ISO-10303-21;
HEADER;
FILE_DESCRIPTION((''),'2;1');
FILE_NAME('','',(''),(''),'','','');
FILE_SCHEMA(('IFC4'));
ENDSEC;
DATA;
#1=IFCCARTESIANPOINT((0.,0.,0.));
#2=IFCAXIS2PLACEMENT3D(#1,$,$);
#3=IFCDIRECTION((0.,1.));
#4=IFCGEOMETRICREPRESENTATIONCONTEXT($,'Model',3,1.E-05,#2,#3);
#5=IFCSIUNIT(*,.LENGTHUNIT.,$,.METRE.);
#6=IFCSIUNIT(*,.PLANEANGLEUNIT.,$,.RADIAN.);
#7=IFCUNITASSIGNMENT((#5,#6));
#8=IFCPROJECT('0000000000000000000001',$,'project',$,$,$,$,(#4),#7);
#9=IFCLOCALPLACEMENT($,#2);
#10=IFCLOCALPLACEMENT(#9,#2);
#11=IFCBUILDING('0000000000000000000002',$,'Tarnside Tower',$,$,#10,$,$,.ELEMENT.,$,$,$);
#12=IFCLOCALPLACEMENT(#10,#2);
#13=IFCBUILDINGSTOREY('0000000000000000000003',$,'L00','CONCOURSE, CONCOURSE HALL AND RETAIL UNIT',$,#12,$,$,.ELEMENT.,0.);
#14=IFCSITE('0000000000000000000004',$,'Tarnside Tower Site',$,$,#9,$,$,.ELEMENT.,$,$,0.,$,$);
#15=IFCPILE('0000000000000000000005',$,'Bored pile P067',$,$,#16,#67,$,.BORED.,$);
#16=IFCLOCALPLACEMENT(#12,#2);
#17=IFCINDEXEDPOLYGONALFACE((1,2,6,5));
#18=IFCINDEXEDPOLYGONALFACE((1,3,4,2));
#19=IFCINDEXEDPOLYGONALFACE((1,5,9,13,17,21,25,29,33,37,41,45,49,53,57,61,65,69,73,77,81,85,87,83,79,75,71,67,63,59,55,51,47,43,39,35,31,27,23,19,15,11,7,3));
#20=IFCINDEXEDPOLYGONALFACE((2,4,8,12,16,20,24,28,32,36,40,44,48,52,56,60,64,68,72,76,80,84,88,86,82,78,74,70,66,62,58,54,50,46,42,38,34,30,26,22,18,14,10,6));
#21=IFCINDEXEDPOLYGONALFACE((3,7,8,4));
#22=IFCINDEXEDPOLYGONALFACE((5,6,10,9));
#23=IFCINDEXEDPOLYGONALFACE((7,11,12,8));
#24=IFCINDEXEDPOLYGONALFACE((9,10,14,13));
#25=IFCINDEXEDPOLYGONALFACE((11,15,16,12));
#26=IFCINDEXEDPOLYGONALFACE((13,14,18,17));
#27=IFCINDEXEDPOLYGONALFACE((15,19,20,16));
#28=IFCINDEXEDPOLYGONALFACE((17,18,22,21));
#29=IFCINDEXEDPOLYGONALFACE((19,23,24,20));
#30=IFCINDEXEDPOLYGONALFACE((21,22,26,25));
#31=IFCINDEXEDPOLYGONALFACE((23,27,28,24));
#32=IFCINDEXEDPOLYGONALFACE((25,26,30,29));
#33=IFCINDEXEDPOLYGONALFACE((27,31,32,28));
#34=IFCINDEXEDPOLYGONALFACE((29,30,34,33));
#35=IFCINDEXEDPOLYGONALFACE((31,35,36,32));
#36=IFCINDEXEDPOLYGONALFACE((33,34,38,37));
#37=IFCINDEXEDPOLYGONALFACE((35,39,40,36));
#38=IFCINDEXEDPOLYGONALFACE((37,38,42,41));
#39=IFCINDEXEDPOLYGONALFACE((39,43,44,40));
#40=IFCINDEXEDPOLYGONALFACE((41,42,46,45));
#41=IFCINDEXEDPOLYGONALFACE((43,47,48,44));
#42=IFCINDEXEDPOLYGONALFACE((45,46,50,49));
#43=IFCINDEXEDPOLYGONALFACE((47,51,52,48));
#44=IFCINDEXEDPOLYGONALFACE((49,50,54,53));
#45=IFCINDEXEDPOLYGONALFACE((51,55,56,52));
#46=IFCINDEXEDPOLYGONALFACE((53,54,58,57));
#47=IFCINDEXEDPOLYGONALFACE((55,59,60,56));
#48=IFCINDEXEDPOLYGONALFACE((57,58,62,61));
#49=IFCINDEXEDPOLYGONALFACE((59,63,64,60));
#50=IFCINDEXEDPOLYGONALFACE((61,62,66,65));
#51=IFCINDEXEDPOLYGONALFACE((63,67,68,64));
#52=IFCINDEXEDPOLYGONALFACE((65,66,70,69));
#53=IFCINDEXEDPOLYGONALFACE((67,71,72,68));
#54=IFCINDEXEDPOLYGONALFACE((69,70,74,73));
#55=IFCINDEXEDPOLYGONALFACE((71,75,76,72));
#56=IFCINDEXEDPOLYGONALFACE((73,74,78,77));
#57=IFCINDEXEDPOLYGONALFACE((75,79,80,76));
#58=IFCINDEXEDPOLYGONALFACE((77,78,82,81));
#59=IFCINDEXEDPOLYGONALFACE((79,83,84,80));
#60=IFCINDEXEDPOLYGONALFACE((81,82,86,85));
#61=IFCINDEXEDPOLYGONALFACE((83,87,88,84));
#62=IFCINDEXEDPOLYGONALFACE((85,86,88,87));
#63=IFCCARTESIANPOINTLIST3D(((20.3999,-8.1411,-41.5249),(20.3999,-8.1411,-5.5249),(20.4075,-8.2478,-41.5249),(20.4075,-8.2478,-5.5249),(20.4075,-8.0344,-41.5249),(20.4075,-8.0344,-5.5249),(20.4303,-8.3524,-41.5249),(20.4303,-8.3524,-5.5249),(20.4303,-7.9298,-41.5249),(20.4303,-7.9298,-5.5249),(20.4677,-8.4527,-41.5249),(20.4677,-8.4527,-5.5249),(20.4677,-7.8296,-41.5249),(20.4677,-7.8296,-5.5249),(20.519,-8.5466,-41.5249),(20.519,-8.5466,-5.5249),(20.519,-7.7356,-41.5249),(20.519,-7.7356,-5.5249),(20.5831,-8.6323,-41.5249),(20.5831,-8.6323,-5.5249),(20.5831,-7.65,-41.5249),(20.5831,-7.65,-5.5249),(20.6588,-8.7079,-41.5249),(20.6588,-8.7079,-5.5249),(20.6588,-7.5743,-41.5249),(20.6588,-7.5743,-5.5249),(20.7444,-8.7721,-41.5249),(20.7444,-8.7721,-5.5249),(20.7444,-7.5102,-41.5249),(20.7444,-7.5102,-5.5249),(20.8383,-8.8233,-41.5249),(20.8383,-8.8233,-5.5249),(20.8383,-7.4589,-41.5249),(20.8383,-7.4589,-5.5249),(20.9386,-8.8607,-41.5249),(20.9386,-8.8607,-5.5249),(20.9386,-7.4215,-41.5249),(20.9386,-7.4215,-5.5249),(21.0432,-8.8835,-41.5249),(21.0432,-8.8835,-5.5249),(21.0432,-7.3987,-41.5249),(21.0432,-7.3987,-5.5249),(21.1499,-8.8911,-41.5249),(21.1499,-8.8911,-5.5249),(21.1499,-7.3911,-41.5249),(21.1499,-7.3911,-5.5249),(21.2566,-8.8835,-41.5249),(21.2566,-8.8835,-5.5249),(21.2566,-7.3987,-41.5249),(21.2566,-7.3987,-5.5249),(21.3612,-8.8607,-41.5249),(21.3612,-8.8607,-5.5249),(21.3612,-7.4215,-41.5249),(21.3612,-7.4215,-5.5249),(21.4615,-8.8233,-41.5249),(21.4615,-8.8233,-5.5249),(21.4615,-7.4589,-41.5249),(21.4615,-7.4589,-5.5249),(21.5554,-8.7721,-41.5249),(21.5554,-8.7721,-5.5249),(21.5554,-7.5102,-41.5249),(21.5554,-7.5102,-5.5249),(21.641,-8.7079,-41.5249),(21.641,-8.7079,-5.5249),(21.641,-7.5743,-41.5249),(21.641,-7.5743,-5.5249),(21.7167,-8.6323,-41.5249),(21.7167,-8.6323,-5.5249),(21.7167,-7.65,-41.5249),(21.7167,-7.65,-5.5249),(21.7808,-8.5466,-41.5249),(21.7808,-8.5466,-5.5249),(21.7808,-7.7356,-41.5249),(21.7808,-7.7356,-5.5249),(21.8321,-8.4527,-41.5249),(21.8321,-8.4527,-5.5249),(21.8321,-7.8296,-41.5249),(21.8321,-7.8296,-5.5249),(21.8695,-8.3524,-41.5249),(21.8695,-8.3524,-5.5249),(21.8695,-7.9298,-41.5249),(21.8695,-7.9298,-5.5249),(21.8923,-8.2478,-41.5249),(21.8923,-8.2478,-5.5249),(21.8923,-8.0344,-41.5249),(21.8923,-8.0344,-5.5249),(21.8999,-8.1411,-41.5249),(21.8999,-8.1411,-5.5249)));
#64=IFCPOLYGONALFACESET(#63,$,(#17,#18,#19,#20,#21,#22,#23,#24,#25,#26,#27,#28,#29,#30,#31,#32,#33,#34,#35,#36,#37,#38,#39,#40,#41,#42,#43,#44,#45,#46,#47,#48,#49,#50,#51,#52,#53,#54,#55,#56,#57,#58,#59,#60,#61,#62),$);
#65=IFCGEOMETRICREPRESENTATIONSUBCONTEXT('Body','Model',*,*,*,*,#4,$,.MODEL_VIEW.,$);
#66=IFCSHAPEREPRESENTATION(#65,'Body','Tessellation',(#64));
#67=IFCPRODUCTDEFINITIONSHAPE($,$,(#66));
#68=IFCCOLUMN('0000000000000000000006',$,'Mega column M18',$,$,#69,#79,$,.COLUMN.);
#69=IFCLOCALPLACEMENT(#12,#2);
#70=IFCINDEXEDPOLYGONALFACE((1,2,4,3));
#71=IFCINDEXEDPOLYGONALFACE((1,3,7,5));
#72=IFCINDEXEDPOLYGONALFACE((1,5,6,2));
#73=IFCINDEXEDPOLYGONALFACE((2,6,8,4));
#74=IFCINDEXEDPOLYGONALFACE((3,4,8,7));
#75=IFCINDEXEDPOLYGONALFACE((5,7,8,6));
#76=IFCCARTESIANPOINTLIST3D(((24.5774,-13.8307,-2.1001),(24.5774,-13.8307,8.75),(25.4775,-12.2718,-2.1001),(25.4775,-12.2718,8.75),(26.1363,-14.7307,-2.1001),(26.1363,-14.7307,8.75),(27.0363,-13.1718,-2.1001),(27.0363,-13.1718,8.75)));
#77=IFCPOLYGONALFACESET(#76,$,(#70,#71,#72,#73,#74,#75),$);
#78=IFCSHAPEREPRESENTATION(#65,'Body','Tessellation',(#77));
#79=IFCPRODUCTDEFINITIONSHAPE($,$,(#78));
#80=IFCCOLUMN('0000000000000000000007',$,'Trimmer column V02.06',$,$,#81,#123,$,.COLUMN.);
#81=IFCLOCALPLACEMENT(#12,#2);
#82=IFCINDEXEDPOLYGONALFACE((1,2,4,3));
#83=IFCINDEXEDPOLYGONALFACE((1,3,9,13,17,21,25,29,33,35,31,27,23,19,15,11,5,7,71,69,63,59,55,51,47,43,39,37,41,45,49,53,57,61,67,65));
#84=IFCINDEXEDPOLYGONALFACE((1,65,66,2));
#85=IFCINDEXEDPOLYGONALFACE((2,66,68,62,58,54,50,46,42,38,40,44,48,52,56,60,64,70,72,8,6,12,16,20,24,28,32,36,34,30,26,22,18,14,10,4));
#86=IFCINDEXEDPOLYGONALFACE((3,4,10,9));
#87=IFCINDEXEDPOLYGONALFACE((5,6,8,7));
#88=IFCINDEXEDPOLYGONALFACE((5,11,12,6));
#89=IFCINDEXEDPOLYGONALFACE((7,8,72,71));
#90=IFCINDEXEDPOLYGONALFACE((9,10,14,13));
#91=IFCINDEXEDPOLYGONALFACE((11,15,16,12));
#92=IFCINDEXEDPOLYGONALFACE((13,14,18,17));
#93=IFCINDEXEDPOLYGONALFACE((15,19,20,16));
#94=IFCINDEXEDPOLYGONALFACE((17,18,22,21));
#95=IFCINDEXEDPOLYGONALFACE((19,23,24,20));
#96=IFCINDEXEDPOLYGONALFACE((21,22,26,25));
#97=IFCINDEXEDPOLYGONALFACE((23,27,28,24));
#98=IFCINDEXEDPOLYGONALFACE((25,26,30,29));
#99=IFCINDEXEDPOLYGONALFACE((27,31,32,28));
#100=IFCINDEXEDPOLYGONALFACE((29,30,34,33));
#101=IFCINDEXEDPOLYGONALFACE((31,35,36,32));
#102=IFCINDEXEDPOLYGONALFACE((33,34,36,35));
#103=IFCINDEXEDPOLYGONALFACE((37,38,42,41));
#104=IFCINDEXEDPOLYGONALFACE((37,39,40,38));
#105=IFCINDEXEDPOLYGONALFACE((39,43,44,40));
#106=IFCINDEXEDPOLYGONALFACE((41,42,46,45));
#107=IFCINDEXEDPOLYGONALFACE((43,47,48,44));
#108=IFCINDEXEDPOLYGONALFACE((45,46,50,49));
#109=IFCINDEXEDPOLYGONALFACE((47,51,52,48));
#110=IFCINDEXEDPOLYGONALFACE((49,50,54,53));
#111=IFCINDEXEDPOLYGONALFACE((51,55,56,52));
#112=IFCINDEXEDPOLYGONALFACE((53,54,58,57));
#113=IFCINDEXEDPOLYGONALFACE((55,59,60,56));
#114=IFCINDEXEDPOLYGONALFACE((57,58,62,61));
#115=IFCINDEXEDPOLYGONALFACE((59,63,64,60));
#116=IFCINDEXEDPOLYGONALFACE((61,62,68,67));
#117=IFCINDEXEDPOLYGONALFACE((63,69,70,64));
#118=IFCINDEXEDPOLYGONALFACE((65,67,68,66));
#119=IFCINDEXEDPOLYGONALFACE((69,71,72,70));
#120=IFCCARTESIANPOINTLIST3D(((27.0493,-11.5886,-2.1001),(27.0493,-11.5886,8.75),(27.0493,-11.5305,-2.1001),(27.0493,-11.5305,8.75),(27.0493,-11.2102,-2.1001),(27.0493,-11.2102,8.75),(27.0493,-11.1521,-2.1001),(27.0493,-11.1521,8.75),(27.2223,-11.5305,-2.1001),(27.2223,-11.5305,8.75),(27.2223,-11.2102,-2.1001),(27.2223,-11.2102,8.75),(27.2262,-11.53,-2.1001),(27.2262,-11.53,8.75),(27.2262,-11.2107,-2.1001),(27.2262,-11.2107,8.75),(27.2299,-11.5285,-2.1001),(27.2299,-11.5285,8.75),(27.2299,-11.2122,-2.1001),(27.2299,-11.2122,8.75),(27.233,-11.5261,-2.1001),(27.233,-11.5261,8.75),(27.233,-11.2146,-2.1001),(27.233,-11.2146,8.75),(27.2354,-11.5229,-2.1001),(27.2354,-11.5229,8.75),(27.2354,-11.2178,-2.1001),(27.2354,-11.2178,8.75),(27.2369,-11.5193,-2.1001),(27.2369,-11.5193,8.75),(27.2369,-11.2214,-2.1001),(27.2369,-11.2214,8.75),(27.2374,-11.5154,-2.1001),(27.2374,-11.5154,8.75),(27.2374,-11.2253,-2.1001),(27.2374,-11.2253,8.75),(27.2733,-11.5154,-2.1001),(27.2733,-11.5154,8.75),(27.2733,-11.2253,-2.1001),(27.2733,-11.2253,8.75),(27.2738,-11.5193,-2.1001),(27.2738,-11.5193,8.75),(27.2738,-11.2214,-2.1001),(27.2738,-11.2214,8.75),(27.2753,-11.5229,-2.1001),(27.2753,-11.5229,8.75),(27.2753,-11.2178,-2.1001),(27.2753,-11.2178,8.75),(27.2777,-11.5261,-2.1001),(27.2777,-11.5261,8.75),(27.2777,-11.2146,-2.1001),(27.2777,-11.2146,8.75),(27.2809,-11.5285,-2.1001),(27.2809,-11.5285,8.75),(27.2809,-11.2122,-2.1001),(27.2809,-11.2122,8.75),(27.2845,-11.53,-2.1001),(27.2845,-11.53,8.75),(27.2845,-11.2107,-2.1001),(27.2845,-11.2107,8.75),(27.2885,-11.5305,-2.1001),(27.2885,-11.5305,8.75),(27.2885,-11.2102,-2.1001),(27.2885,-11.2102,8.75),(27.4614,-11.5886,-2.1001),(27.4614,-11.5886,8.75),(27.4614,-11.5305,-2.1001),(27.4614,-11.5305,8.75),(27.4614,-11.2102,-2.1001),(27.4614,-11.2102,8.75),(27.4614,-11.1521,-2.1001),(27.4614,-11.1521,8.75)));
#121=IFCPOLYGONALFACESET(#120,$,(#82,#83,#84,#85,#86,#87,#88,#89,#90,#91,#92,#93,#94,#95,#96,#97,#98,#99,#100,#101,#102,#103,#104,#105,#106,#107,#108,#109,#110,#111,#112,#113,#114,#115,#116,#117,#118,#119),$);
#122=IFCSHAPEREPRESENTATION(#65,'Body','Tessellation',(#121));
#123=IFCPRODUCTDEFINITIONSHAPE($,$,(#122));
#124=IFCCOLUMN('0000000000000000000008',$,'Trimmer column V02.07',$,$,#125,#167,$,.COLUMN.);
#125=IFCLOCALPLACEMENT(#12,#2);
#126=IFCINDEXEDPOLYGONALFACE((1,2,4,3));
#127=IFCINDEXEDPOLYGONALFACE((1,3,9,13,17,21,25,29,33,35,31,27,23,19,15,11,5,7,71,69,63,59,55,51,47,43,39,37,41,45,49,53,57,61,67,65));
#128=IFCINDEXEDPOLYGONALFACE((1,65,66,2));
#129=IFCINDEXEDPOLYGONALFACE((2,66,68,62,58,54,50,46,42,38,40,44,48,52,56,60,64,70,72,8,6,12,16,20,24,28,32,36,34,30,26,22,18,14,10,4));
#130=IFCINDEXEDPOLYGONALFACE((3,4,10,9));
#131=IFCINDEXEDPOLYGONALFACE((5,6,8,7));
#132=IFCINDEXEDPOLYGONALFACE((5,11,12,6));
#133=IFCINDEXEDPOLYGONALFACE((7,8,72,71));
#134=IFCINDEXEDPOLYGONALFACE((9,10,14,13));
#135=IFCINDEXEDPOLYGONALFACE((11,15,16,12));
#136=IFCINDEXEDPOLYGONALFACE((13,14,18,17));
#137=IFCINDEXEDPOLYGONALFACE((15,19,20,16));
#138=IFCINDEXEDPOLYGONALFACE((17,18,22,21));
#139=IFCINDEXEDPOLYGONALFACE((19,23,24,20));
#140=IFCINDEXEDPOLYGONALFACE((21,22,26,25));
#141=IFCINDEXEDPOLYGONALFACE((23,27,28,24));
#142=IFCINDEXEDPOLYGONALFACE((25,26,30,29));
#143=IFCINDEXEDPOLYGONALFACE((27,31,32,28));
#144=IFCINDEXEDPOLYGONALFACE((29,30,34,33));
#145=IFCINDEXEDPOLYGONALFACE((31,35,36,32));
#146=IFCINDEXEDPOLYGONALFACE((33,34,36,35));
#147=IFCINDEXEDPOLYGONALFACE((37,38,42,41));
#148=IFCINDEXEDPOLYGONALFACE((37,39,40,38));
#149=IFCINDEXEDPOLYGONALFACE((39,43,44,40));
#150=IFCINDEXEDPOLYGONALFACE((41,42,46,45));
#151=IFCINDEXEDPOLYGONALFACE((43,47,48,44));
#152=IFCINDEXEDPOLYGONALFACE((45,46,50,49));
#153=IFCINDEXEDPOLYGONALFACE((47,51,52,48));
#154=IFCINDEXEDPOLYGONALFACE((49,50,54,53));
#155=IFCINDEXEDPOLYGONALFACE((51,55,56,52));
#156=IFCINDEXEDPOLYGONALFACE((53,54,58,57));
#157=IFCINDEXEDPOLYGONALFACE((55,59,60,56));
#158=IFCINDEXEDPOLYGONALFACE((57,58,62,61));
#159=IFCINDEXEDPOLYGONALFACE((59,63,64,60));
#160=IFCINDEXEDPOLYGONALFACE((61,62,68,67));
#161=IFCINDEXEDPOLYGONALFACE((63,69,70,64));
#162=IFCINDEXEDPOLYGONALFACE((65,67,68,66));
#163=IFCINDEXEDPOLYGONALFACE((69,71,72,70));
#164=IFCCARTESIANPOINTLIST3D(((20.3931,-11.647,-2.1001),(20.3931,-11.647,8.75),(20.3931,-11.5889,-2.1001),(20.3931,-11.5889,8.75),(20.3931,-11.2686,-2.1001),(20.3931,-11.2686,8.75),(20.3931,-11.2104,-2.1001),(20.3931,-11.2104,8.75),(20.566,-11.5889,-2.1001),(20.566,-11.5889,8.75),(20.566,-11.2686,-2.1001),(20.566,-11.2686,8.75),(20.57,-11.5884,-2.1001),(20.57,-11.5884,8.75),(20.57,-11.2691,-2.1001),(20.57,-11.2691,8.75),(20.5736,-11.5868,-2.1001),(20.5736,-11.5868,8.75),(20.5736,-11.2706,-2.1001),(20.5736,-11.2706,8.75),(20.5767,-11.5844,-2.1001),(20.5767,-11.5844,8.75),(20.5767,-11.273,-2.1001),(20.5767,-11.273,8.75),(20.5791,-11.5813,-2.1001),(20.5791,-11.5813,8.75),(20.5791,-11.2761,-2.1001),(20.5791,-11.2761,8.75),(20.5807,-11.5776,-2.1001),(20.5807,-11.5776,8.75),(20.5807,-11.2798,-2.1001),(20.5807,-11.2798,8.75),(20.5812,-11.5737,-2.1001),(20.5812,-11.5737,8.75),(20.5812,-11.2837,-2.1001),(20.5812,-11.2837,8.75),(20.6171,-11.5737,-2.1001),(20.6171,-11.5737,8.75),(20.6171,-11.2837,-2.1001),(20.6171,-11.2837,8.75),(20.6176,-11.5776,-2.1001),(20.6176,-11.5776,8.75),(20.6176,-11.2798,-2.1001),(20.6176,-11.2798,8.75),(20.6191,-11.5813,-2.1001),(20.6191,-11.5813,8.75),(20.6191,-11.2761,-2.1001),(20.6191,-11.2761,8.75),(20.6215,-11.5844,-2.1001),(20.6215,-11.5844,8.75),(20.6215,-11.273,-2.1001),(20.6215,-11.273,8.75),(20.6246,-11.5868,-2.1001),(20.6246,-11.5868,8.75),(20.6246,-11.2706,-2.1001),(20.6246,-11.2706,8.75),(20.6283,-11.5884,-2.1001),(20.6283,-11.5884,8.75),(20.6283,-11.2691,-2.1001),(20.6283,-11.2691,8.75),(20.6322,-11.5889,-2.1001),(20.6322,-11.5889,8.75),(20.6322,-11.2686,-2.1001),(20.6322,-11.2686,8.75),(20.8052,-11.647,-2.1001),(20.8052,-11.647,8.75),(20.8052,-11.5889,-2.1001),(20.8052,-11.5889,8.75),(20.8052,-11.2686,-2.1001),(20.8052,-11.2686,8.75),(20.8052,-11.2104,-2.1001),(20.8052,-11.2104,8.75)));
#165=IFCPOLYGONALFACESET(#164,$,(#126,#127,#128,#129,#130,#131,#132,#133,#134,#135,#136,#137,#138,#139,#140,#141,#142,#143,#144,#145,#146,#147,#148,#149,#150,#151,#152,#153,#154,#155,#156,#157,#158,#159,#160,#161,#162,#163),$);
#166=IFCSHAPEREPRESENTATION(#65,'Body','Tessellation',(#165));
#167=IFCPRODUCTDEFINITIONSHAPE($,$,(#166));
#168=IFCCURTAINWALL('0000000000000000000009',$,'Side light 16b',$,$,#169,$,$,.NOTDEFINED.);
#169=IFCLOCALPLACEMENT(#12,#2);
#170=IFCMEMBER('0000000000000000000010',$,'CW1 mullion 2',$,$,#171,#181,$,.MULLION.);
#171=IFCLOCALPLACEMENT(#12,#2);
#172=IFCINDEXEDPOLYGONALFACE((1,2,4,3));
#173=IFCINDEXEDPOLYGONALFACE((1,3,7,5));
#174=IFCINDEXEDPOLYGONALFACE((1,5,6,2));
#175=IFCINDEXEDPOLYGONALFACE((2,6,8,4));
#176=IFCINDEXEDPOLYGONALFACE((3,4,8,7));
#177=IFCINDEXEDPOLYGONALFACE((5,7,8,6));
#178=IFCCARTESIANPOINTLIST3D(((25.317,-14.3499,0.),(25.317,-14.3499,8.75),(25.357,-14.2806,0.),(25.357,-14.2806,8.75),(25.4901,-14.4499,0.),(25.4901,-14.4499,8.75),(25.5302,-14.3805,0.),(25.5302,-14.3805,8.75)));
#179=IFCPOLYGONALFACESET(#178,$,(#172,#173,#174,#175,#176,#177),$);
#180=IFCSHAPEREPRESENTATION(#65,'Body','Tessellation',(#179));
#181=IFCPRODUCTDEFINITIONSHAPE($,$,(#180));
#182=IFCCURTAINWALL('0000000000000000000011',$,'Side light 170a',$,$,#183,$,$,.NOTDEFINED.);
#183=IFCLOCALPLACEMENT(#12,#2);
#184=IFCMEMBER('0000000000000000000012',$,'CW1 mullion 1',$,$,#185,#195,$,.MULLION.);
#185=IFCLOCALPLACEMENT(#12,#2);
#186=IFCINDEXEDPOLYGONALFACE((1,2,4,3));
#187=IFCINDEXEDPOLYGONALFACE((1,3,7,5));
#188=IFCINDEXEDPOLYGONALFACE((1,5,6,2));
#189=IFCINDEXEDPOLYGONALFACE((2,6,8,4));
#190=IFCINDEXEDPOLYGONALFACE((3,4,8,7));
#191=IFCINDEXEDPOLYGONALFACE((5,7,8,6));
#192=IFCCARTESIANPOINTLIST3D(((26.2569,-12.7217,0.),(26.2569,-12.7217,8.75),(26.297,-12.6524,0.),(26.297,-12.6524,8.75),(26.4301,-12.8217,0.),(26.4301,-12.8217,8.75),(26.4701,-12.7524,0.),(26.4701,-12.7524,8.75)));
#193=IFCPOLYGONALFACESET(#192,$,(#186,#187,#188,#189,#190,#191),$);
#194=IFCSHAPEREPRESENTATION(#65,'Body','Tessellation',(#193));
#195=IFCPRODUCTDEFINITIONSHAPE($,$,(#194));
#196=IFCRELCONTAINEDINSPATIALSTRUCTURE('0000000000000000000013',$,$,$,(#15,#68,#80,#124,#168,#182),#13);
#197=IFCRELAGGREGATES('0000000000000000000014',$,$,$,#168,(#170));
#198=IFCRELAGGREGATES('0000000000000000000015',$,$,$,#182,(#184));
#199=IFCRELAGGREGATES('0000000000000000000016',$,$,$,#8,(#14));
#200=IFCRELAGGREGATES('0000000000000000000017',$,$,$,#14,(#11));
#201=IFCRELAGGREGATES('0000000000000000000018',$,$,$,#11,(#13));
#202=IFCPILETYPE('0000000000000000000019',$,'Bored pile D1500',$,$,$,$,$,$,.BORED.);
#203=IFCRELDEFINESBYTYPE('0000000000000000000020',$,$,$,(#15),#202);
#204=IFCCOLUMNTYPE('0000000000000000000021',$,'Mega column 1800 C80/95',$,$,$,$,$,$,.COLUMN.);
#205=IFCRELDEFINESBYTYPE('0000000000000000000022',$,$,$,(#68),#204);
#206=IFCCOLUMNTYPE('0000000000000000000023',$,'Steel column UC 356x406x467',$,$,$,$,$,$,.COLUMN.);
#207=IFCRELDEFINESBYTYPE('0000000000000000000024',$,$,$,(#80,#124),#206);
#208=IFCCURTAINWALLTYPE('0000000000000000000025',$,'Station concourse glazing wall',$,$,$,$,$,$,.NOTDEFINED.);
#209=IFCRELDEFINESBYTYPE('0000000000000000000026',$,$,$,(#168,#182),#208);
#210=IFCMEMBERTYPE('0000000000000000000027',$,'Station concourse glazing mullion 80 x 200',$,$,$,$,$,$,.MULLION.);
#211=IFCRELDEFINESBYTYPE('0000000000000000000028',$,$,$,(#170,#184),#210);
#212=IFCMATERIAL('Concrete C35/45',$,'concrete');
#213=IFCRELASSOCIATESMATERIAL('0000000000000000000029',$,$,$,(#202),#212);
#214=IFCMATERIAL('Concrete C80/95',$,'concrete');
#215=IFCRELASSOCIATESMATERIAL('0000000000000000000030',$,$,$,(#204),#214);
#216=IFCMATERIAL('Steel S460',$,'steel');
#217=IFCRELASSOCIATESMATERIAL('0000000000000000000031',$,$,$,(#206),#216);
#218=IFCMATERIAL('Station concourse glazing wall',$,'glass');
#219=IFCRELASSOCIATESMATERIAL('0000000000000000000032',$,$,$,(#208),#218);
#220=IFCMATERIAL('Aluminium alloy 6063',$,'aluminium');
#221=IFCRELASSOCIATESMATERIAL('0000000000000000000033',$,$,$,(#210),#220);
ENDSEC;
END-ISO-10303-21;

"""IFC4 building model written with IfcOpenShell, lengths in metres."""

from ifc_helpers import new_model, si_unit, direction, frame, origin, origin_2d, place, context, subcontext, project, spatial, rectangle, circle, i_section, extrude, material, material_profile, profile_set, type_object, element, aggregate, save


model = new_model("IFC4")

# Units and contexts
model_context = context("Model", 3, precision=1e-05, world=origin(), true_north=direction((0.0, 1.0)))
body_context = subcontext(model_context, "Body", "Model", "MODEL_VIEW")
ifc_project = project(units=[si_unit("LENGTHUNIT", "METRE"), si_unit("PLANEANGLEUNIT", "RADIAN")], contexts=[model_context])

# Site, building, storey
site_placement = place(None, origin())
site = spatial("IfcSite", under=ifc_project, at=site_placement, Name="Tarnside Tower Site", CompositionType="ELEMENT", RefElevation=0.0)
building_placement = place(site_placement, origin())
building = spatial("IfcBuilding", under=site, at=building_placement, Name="Tarnside Tower", CompositionType="ELEMENT")
storey_placement = place(building_placement, origin())
storey = spatial("IfcBuildingStorey", under=building, at=storey_placement, Name="L00", Description="CONCOURSE, CONCOURSE HALL AND RETAIL UNIT", CompositionType="ELEMENT", Elevation=0.0)

# Pile
ifc_material_1 = material(Name="Concrete C35/45", Category="concrete")
ifc_material_profile_1 = material_profile(ifc_material_1, circle(Radius=0.75, at=origin_2d()), Name="Bored pile D1500")
ifc_profile_set_1 = profile_set([ifc_material_profile_1], Name="Concrete C35/45")
pile_type = type_object("IfcPileType", Name="Bored pile D1500", PredefinedType="BORED", material=ifc_profile_set_1)
for number, where, z_axis, x_axis, name in (
    (1, (21.1499, -8.1411, -5.5249), (0.0, 0.0, -1.0), (1.0, 0.0, 0.0), "Bored pile P067"),
):
    element("IfcPile", number, at=place(storey_placement, frame(where, z_axis=z_axis, x_axis=x_axis)), inside=storey, type_object=pile_type, Name=name, PredefinedType="BORED", context=body_context, shape_type="SweptSolid", body=[
        extrude(circle(Radius=0.75, at=origin_2d()), origin(), (0.0, 0.0, 1.0), 36.0),
    ])

# Columns
ifc_material_2 = material(Name="Concrete C80/95", Category="concrete")
ifc_material_profile_2 = material_profile(ifc_material_2, rectangle(XDim=1.8, YDim=1.8, at=origin_2d()), Name="Mega column 1800x1800")
ifc_profile_set_2 = profile_set([ifc_material_profile_2], Name="Concrete C80/95")
column_type_1 = type_object("IfcColumnType", Name="Mega column 1800 C80/95", PredefinedType="COLUMN", material=ifc_profile_set_2)
column_placement = place(storey_placement, frame((25.8069, -13.5012, -2.1001), z_axis=(0.0, 0.0, 1.0), x_axis=(-0.5, -0.866025, 0.0)))
element("IfcColumn", 2, at=column_placement, inside=storey, type_object=column_type_1, Name="Mega column M18", PredefinedType="COLUMN", context=body_context, shape_type="SweptSolid", body=[
    extrude(rectangle(XDim=1.8, YDim=1.8, at=origin_2d()), origin(), (0.0, 0.0, 1.0), 10.8501),
])
ifc_material_3 = material(Name="Steel S460", Category="steel")
ifc_material_profile_3 = material_profile(ifc_material_3, i_section(OverallWidth=0.4121, OverallDepth=0.4365, WebThickness=0.0359, FlangeThickness=0.0581, FilletRadius=0.0151, at=origin_2d()), Name="UC 356x406x467")
ifc_profile_set_3 = profile_set([ifc_material_profile_3], Name="Steel S460")
column_type_2 = type_object("IfcColumnType", Name="Steel column UC 356x406x467", PredefinedType="COLUMN", material=ifc_profile_set_3)
for number, where, z_axis, x_axis, name in (
    (3, (27.2554, -11.3704, -2.1001), (0.0, 0.0, 1.0), (1.0, 0.0, 0.0), "Trimmer column V02.06"),
    (4, (20.5991, -11.4287, -2.1001), (0.0, 0.0, 1.0), (1.0, 0.0, 0.0), "Trimmer column V02.07"),
):
    element("IfcColumn", number, at=place(storey_placement, frame(where, z_axis=z_axis, x_axis=x_axis)), inside=storey, type_object=column_type_2, Name=name, PredefinedType="COLUMN", context=body_context, shape_type="SweptSolid", body=[
        extrude(i_section(OverallWidth=0.4121, OverallDepth=0.4365, WebThickness=0.0359, FlangeThickness=0.0581, FilletRadius=0.0151, at=origin_2d()), origin(), (0.0, 0.0, 1.0), 10.8501),
    ])

# Curtain wall, member
ifc_material_4 = material(Name="Station concourse glazing wall", Category="glass")
curtain_wall_type = type_object("IfcCurtainWallType", Name="Station concourse glazing wall", PredefinedType="NOTDEFINED", material=ifc_material_4)
curtain_wall_1_placement = place(storey_placement, origin())
curtain_wall_1 = element("IfcCurtainWall", 5, at=curtain_wall_1_placement, inside=storey, type_object=curtain_wall_type, Name="Side light 16b", PredefinedType="NOTDEFINED")
ifc_material_5 = material(Name="Aluminium alloy 6063", Category="aluminium")
ifc_material_profile_4 = material_profile(ifc_material_5, rectangle(XDim=0.2, YDim=0.0801, at=origin_2d()), Name="Station concourse glazing mullion 80 x 200")
ifc_profile_set_4 = profile_set([ifc_material_profile_4], Name="Aluminium alloy 6063")
member_type_1 = type_object("IfcMemberType", Name="Station concourse glazing mullion 80 x 200", PredefinedType="MULLION", material=ifc_profile_set_4)
member_1_placement = place(storey_placement, frame((25.4236, -14.3652, 0.0), z_axis=(0.0, 0.0, 1.0), x_axis=(-0.866025, 0.5, 0.0)))
member_1 = element("IfcMember", 6, at=member_1_placement, type_object=member_type_1, Name="CW1 mullion 2", PredefinedType="MULLION", context=body_context, shape_type="SweptSolid", body=[
    extrude(rectangle(XDim=0.2, YDim=0.0801, at=origin_2d()), origin(), (0.0, 0.0, 1.0), 8.75),
])
aggregate(curtain_wall_1, [member_1])

# Curtain wall, member
curtain_wall_2_placement = place(storey_placement, origin())
curtain_wall_2 = element("IfcCurtainWall", 7, at=curtain_wall_2_placement, inside=storey, type_object=curtain_wall_type, Name="Side light 170a", PredefinedType="NOTDEFINED")
member_2_placement = place(storey_placement, frame((26.3635, -12.7371, 0.0), z_axis=(0.0, 0.0, 1.0), x_axis=(-0.866025, 0.5, 0.0)))
member_2 = element("IfcMember", 8, at=member_2_placement, type_object=member_type_1, Name="CW1 mullion 1", PredefinedType="MULLION", context=body_context, shape_type="SweptSolid", body=[
    extrude(rectangle(XDim=0.2, YDim=0.0801, at=origin_2d()), origin(), (0.0, 0.0, 1.0), 8.75),
])
aggregate(curtain_wall_2, [member_2])

save(model, "model.ifc")
